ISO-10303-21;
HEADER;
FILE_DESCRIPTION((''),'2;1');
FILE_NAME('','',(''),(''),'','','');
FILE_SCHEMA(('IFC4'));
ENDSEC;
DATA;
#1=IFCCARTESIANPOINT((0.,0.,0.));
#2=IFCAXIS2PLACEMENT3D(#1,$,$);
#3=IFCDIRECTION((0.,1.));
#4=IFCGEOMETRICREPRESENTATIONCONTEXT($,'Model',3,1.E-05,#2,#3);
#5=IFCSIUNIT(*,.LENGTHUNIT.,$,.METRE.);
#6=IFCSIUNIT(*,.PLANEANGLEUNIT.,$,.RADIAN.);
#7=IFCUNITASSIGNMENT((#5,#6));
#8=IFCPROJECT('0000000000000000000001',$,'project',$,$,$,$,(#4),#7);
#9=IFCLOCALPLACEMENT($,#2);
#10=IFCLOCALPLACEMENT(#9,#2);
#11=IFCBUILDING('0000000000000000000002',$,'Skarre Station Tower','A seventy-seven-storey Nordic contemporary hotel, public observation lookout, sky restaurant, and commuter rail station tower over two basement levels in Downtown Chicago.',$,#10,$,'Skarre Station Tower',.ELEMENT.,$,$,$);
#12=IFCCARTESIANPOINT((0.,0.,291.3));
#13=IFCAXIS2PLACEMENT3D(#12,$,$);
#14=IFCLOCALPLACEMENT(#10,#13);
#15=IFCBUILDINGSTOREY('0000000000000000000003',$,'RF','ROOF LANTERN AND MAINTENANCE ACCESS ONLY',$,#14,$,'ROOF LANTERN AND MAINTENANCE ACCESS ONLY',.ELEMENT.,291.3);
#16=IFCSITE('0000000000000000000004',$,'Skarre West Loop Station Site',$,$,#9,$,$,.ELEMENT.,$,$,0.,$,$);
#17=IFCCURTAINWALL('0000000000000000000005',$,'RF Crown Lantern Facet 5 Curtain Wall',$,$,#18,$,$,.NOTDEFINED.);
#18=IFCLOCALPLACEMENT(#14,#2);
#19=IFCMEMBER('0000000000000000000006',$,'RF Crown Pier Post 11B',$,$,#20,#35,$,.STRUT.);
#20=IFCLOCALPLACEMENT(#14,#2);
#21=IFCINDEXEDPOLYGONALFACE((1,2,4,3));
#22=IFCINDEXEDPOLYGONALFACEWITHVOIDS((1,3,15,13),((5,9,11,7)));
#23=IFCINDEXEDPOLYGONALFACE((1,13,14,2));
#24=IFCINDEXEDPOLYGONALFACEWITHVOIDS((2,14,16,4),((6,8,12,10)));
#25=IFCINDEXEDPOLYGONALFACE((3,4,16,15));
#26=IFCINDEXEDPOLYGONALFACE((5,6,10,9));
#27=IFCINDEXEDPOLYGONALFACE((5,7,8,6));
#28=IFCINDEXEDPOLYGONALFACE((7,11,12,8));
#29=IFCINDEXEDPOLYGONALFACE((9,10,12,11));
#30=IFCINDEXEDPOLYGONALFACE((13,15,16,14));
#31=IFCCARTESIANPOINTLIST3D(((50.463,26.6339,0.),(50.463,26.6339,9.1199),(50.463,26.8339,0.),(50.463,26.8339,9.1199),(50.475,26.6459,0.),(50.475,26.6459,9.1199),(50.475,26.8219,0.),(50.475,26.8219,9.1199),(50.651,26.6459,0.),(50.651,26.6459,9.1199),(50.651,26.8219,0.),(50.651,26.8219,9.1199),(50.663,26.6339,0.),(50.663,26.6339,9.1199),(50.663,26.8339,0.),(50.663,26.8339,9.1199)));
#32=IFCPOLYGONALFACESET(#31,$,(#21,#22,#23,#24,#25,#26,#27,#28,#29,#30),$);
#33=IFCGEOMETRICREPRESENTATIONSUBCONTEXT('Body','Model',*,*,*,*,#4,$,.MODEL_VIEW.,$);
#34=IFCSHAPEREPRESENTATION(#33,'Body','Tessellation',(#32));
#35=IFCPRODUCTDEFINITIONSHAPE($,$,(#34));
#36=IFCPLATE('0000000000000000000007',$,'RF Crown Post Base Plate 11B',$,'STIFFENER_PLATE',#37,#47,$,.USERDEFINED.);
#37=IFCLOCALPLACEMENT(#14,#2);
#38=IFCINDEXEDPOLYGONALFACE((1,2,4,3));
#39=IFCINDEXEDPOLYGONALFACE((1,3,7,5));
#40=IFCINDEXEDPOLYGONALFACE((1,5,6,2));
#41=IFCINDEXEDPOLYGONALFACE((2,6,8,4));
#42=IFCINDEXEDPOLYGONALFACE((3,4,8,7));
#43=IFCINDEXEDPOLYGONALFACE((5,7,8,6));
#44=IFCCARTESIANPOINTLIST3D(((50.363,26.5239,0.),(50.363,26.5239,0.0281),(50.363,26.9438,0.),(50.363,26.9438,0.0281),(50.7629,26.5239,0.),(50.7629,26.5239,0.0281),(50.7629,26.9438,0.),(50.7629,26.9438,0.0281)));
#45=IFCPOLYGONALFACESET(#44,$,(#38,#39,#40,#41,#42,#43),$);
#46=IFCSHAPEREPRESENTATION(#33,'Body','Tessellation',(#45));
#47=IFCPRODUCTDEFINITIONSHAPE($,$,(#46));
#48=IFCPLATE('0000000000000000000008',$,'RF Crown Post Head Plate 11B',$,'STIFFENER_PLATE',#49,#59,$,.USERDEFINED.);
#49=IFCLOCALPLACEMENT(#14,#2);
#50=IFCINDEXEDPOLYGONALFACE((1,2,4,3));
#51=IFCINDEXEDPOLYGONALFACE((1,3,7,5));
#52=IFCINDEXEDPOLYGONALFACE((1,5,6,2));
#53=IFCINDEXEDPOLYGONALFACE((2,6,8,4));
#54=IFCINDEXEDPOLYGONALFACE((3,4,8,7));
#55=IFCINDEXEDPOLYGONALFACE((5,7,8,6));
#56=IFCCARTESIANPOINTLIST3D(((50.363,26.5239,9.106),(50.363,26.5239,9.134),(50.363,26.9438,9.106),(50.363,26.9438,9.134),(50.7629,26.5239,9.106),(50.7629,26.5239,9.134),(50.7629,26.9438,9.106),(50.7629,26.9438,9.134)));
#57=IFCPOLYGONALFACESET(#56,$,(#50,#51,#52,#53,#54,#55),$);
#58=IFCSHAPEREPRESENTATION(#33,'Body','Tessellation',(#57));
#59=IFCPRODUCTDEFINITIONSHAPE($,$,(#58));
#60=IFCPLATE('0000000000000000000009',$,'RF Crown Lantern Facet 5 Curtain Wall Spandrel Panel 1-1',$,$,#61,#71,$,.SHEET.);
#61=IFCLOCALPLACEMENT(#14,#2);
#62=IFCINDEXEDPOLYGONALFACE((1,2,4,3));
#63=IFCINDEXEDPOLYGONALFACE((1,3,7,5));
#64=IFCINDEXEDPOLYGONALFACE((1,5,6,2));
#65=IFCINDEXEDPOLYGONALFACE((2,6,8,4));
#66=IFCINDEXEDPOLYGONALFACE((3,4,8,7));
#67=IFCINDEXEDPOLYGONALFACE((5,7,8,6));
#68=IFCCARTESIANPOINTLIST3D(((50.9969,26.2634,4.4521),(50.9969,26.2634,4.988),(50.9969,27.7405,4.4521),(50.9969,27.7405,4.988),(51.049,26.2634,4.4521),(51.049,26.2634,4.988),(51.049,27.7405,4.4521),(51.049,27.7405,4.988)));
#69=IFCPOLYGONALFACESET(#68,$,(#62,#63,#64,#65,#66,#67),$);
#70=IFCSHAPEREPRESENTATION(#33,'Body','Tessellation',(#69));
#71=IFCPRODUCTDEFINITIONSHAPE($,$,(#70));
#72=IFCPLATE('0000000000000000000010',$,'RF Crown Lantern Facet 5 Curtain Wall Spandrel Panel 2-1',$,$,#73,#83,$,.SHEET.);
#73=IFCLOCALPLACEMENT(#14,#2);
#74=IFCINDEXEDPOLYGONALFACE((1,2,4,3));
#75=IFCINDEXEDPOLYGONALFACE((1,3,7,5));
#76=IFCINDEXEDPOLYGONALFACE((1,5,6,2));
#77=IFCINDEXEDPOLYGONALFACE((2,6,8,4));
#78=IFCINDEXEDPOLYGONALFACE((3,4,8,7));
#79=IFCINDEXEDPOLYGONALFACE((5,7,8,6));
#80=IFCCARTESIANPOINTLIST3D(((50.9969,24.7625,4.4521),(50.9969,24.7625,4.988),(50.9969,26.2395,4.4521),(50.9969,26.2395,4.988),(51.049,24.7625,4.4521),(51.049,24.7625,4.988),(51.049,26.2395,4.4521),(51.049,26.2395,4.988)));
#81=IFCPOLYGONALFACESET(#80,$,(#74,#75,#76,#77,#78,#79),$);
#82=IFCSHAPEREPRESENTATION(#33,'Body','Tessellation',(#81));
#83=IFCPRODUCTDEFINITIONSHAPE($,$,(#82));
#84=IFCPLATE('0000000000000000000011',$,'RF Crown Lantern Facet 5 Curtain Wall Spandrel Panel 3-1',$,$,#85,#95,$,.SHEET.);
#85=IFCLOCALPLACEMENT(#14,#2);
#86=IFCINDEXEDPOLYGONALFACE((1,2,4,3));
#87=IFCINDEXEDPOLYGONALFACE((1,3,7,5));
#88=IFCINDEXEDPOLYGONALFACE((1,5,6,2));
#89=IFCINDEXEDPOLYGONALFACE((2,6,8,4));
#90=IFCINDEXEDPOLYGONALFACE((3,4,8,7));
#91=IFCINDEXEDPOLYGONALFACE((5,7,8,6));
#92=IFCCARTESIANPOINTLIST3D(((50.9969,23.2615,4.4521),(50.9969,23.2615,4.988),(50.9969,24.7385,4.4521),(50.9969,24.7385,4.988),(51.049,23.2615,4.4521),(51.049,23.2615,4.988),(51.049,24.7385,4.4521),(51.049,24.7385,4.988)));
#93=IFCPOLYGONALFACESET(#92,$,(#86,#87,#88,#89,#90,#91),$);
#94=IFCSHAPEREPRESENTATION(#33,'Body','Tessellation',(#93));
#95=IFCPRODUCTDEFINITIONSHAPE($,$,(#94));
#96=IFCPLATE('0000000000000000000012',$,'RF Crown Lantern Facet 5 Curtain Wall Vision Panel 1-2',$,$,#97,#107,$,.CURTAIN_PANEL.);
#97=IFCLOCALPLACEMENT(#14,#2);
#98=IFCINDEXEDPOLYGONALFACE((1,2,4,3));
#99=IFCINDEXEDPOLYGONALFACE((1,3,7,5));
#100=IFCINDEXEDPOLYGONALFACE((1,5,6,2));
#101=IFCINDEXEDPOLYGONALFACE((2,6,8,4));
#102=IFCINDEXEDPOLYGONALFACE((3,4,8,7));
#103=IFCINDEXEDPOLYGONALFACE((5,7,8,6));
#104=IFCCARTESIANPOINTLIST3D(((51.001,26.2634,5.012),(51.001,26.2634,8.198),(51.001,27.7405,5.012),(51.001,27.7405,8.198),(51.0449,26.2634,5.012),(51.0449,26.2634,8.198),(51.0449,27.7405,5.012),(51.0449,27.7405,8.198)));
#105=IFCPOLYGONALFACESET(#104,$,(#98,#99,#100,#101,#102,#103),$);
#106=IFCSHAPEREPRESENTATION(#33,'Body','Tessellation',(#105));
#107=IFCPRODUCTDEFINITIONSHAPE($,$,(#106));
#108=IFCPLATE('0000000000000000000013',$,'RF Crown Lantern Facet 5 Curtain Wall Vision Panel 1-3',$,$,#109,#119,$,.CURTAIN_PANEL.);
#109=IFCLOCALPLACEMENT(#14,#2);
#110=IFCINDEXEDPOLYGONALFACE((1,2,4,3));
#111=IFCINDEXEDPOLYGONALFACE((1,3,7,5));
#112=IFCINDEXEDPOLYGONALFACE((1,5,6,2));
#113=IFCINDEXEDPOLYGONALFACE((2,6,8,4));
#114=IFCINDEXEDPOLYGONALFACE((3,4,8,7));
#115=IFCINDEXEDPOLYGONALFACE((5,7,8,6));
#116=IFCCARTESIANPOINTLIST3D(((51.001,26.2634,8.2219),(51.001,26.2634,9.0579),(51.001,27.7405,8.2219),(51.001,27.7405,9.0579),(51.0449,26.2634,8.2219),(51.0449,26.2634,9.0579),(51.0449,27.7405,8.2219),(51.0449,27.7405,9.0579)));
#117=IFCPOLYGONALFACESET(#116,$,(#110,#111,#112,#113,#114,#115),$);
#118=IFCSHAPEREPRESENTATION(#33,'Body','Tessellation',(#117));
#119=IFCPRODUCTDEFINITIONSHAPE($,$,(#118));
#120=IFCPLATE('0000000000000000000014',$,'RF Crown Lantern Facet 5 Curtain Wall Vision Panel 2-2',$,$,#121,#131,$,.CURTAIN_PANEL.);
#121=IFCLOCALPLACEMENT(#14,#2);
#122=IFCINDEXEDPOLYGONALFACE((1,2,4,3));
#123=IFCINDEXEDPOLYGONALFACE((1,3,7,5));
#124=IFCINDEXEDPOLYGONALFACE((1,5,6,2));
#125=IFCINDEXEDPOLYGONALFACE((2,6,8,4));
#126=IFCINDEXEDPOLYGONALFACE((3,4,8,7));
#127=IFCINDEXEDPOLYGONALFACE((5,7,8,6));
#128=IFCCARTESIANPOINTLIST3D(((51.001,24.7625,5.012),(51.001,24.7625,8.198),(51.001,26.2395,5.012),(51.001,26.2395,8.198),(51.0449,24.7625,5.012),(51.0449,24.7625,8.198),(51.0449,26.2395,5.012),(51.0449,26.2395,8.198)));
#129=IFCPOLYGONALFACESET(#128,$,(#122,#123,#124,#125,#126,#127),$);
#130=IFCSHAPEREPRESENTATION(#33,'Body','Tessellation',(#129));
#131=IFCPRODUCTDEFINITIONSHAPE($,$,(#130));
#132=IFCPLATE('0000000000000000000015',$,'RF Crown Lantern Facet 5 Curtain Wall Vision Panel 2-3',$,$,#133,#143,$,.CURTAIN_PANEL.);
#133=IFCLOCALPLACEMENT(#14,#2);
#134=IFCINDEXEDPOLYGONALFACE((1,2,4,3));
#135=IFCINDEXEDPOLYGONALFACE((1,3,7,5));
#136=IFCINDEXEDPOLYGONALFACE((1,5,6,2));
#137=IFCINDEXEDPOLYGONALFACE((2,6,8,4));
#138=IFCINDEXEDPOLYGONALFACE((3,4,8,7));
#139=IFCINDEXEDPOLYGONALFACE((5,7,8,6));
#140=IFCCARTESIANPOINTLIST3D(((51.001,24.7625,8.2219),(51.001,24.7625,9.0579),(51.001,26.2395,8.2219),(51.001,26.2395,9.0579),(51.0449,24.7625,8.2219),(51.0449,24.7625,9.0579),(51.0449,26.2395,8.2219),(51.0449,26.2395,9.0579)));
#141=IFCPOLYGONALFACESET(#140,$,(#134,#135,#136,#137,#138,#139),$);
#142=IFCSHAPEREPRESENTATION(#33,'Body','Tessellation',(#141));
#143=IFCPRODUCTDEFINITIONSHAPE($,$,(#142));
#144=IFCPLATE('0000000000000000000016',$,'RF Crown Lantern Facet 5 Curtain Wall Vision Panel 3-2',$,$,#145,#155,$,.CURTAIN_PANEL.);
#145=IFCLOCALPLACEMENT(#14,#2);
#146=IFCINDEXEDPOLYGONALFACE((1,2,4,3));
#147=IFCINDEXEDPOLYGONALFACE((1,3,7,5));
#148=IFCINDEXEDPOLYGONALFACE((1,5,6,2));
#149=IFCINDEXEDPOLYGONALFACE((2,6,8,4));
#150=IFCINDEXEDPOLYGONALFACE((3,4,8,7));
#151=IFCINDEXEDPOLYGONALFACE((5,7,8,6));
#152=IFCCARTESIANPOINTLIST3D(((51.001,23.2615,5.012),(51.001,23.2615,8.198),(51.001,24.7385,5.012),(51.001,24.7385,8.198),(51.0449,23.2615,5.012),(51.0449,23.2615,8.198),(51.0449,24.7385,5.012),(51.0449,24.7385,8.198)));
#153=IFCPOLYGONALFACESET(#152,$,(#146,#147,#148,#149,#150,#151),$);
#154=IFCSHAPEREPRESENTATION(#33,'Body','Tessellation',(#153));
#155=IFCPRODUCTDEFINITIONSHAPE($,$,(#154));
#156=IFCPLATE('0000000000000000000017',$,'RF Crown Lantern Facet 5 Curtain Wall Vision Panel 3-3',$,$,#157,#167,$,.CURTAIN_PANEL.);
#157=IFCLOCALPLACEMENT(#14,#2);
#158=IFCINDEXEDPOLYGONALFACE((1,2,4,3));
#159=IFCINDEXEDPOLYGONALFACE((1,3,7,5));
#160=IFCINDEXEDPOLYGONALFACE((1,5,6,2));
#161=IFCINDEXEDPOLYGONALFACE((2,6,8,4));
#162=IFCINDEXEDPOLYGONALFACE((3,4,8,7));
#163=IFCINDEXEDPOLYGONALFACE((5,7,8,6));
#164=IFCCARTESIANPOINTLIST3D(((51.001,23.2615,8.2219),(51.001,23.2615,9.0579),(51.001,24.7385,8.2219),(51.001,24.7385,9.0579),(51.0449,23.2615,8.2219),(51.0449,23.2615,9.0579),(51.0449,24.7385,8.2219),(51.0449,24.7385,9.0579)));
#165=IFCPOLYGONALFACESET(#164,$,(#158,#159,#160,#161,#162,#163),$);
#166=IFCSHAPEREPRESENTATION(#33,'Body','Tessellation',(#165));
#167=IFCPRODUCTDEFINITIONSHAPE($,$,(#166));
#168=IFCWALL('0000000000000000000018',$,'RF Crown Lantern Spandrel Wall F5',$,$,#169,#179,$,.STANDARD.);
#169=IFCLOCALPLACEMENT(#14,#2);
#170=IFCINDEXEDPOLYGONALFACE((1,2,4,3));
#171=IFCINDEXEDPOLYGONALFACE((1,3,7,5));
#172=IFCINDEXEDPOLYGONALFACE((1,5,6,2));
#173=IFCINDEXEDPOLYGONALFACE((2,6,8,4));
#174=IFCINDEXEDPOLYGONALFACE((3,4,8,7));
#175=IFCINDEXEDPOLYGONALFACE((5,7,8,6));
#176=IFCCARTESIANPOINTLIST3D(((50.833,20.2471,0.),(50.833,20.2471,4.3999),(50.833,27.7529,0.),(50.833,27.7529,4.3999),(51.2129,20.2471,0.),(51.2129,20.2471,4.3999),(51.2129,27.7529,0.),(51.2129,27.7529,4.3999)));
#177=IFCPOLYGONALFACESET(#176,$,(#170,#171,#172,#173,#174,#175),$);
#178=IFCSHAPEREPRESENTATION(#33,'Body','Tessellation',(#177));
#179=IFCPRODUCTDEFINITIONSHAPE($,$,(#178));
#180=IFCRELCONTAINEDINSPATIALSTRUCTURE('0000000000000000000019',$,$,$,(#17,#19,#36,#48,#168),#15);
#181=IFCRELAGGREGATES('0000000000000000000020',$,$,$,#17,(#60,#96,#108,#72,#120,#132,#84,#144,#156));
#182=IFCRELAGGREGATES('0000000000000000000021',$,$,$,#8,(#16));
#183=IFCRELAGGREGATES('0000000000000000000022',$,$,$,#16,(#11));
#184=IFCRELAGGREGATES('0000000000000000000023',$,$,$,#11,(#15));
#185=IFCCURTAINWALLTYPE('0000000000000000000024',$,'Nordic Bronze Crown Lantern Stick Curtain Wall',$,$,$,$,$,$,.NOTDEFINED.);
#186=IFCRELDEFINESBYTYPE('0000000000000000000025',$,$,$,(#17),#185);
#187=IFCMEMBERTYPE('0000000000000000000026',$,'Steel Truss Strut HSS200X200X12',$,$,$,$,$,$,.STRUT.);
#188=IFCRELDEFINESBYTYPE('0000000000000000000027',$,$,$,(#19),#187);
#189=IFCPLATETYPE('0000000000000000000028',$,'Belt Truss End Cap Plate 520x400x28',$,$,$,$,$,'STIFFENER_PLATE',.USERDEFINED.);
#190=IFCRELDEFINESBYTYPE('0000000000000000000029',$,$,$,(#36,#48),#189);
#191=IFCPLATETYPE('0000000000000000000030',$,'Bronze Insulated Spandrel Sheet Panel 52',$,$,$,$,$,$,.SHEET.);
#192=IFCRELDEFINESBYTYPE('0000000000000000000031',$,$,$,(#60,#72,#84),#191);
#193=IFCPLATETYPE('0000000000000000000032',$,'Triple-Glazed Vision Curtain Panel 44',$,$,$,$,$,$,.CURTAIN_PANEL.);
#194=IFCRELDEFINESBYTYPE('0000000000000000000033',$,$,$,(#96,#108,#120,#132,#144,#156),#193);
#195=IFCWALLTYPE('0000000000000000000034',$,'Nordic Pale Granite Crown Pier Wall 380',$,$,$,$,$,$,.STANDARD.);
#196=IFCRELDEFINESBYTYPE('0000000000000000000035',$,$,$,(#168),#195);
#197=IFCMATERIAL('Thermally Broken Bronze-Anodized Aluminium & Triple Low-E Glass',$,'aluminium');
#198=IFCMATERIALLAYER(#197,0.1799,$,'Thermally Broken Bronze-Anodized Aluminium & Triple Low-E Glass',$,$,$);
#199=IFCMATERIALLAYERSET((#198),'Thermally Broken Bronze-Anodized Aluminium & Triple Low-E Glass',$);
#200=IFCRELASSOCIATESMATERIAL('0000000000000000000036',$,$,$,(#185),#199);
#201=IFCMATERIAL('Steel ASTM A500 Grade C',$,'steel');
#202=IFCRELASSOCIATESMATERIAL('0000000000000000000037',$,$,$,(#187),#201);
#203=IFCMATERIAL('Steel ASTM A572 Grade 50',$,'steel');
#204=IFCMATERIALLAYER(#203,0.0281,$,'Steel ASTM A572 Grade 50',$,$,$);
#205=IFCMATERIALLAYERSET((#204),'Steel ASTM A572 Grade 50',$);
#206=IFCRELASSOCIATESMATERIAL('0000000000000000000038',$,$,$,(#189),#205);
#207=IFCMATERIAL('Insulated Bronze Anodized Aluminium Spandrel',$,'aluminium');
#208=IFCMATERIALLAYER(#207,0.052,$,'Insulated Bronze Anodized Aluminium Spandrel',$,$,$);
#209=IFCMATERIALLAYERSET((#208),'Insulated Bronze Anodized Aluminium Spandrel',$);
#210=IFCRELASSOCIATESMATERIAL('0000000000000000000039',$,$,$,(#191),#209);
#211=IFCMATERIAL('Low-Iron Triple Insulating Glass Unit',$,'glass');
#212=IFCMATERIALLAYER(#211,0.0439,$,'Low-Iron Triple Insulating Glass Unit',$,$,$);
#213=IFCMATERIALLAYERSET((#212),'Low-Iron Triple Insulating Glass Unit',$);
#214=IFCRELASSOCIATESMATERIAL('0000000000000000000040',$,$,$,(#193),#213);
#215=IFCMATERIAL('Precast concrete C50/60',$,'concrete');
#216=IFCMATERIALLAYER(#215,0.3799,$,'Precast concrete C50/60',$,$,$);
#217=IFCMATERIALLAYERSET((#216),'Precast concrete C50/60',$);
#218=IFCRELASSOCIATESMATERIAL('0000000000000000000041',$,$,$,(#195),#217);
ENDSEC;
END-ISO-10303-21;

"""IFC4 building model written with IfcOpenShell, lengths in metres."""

from ifc_helpers import new_model, si_unit, direction, frame, frame_2d, origin, origin_2d, place, context, subcontext, project, spatial, rectangle, hollow_rectangle, extrude, material, layer, layer_set, material_profile, profile_set, type_object, element, aggregate, save


model = new_model("IFC4")

# Units and contexts
model_context = context("Model", 3, precision=1e-05, world=origin(), true_north=direction((0.0, 1.0)))
body_context = subcontext(model_context, "Body", "Model", "MODEL_VIEW")
ifc_project = project(units=[si_unit("LENGTHUNIT", "METRE"), si_unit("PLANEANGLEUNIT", "RADIAN")], contexts=[model_context])

# Site, building, storey
site_placement = place(None, origin())
site = spatial("IfcSite", under=ifc_project, at=site_placement, Name="Skarre West Loop Station Site", CompositionType="ELEMENT", RefElevation=0.0)
building_placement = place(site_placement, origin())
building = spatial("IfcBuilding", under=site, at=building_placement, Name="Skarre Station Tower", Description="A seventy-seven-storey Nordic contemporary hotel, public observation lookout, sky restaurant, and commuter rail station tower over two basement levels in Downtown Chicago.", LongName="Skarre Station Tower", CompositionType="ELEMENT")
storey_placement = place(building_placement, frame((0.0, 0.0, 291.3)))
storey = spatial("IfcBuildingStorey", under=building, at=storey_placement, Name="RF", Description="ROOF LANTERN AND MAINTENANCE ACCESS ONLY", LongName="ROOF LANTERN AND MAINTENANCE ACCESS ONLY", CompositionType="ELEMENT", Elevation=291.3)

# Curtain wall
ifc_material_1 = material(Name="Thermally Broken Bronze-Anodized Aluminium & Triple Low-E Glass", Category="aluminium")
ifc_layer_1 = layer(ifc_material_1, 0.1799, Name="Thermally Broken Bronze-Anodized Aluminium & Triple Low-E Glass")
ifc_layer_set_1 = layer_set([ifc_layer_1], Name="Thermally Broken Bronze-Anodized Aluminium & Triple Low-E Glass")
curtain_wall_type = type_object("IfcCurtainWallType", Name="Nordic Bronze Crown Lantern Stick Curtain Wall", PredefinedType="NOTDEFINED", material=ifc_layer_set_1)
curtain_wall_placement = place(storey_placement, origin())
curtain_wall = element("IfcCurtainWall", 1, at=curtain_wall_placement, inside=storey, type_object=curtain_wall_type, Name="RF Crown Lantern Facet 5 Curtain Wall", PredefinedType="NOTDEFINED")

# Member
ifc_material_2 = material(Name="Steel ASTM A500 Grade C", Category="steel")
ifc_material_profile_1 = material_profile(ifc_material_2, hollow_rectangle(XDim=0.2, YDim=0.2, WallThickness=0.012, at=origin_2d()), Name="Steel ASTM A500 Grade C")
ifc_profile_set_1 = profile_set([ifc_material_profile_1], Name="Steel ASTM A500 Grade C")
member_type_1 = type_object("IfcMemberType", Name="Steel Truss Strut HSS200X200X12", PredefinedType="STRUT", material=ifc_profile_set_1)
member_1_placement = place(storey_placement, frame((50.563, 26.7339, 0.0), z_axis=(0.0, 0.0, 1.0), x_axis=(1.0, 0.0, 0.0)))
element("IfcMember", 2, at=member_1_placement, inside=storey, type_object=member_type_1, Name="RF Crown Pier Post 11B", PredefinedType="STRUT", context=body_context, shape_type="SweptSolid", body=[
    extrude(hollow_rectangle(XDim=0.2, YDim=0.2, WallThickness=0.012, at=origin_2d()), origin(), (0.0, 0.0, 1.0), 9.1199),
])

# Plates
ifc_material_3 = material(Name="Steel ASTM A572 Grade 50", Category="steel")
ifc_layer_2 = layer(ifc_material_3, 0.0281, Name="Steel ASTM A572 Grade 50")
ifc_layer_set_2 = layer_set([ifc_layer_2], Name="Steel ASTM A572 Grade 50")
plate_type_1 = type_object("IfcPlateType", Name="Belt Truss End Cap Plate 520x400x28", ElementType="STIFFENER_PLATE", PredefinedType="USERDEFINED", material=ifc_layer_set_2)
for number, where, z_axis, x_axis, name in (
    (3, (50.563, 26.7339, 0.0), (0.0, 0.0, 1.0), (0.0, 1.0, 0.0), "RF Crown Post Base Plate 11B"),
    (4, (50.563, 26.7339, 9.106), (0.0, 0.0, 1.0), (0.0, 1.0, 0.0), "RF Crown Post Head Plate 11B"),
):
    element("IfcPlate", number, at=place(storey_placement, frame(where, z_axis=z_axis, x_axis=x_axis)), inside=storey, type_object=plate_type_1, Name=name, ObjectType="STIFFENER_PLATE", PredefinedType="USERDEFINED", context=body_context, shape_type="SweptSolid", body=[
        extrude(rectangle(XDim=0.4199, YDim=0.3999, at=origin_2d()), origin(), (0.0, 0.0, 1.0), 0.0281),
    ])

# Plates
ifc_material_4 = material(Name="Insulated Bronze Anodized Aluminium Spandrel", Category="aluminium")
ifc_layer_3 = layer(ifc_material_4, 0.052, Name="Insulated Bronze Anodized Aluminium Spandrel")
ifc_layer_set_3 = layer_set([ifc_layer_3], Name="Insulated Bronze Anodized Aluminium Spandrel")
plate_type_2 = type_object("IfcPlateType", Name="Bronze Insulated Spandrel Sheet Panel 52", PredefinedType="SHEET", material=ifc_layer_set_3)
plate_1_placement = place(storey_placement, frame((51.0229, 27.002, 4.4521), z_axis=(0.0, 0.0, 1.0), x_axis=(0.0, -1.0, 0.0)))
plate_1 = element("IfcPlate", 5, at=plate_1_placement, type_object=plate_type_2, Name="RF Crown Lantern Facet 5 Curtain Wall Spandrel Panel 1-1", PredefinedType="SHEET", context=body_context, shape_type="SweptSolid", body=[
    extrude(rectangle(XDim=1.4771, YDim=0.052, at=origin_2d()), origin(), (0.0, 0.0, 1.0), 0.5359),
])
plate_2_placement = place(storey_placement, frame((51.0229, 25.501, 4.4521), z_axis=(0.0, 0.0, 1.0), x_axis=(0.0, -1.0, 0.0)))
plate_2 = element("IfcPlate", 6, at=plate_2_placement, type_object=plate_type_2, Name="RF Crown Lantern Facet 5 Curtain Wall Spandrel Panel 2-1", PredefinedType="SHEET", context=body_context, shape_type="SweptSolid", body=[
    extrude(rectangle(XDim=1.4771, YDim=0.052, at=origin_2d()), origin(), (0.0, 0.0, 1.0), 0.5359),
])
plate_3_placement = place(storey_placement, frame((51.0229, 24.0, 4.4521), z_axis=(0.0, 0.0, 1.0), x_axis=(0.0, -1.0, 0.0)))
plate_3 = element("IfcPlate", 7, at=plate_3_placement, type_object=plate_type_2, Name="RF Crown Lantern Facet 5 Curtain Wall Spandrel Panel 3-1", PredefinedType="SHEET", context=body_context, shape_type="SweptSolid", body=[
    extrude(rectangle(XDim=1.4771, YDim=0.052, at=origin_2d()), origin(), (0.0, 0.0, 1.0), 0.5359),
])
ifc_material_5 = material(Name="Low-Iron Triple Insulating Glass Unit", Category="glass")
ifc_layer_4 = layer(ifc_material_5, 0.0439, Name="Low-Iron Triple Insulating Glass Unit")
ifc_layer_set_4 = layer_set([ifc_layer_4], Name="Low-Iron Triple Insulating Glass Unit")
plate_type_3 = type_object("IfcPlateType", Name="Triple-Glazed Vision Curtain Panel 44", PredefinedType="CURTAIN_PANEL", material=ifc_layer_set_4)
plate_4_placement = place(storey_placement, frame((51.0229, 27.002, 5.012), z_axis=(0.0, 0.0, 1.0), x_axis=(0.0, -1.0, 0.0)))
plate_4 = element("IfcPlate", 8, at=plate_4_placement, type_object=plate_type_3, Name="RF Crown Lantern Facet 5 Curtain Wall Vision Panel 1-2", PredefinedType="CURTAIN_PANEL", context=body_context, shape_type="SweptSolid", body=[
    extrude(rectangle(XDim=1.4771, YDim=0.0439, at=origin_2d()), origin(), (0.0, 0.0, 1.0), 3.186),
])
plate_5_placement = place(storey_placement, frame((51.0229, 27.002, 8.2219), z_axis=(0.0, 0.0, 1.0), x_axis=(0.0, -1.0, 0.0)))
plate_5 = element("IfcPlate", 9, at=plate_5_placement, type_object=plate_type_3, Name="RF Crown Lantern Facet 5 Curtain Wall Vision Panel 1-3", PredefinedType="CURTAIN_PANEL", context=body_context, shape_type="SweptSolid", body=[
    extrude(rectangle(XDim=1.4771, YDim=0.0439, at=origin_2d()), origin(), (0.0, 0.0, 1.0), 0.8359),
])
plate_6_placement = place(storey_placement, frame((51.0229, 25.501, 5.012), z_axis=(0.0, 0.0, 1.0), x_axis=(0.0, -1.0, 0.0)))
plate_6 = element("IfcPlate", 10, at=plate_6_placement, type_object=plate_type_3, Name="RF Crown Lantern Facet 5 Curtain Wall Vision Panel 2-2", PredefinedType="CURTAIN_PANEL", context=body_context, shape_type="SweptSolid", body=[
    extrude(rectangle(XDim=1.4771, YDim=0.0439, at=origin_2d()), origin(), (0.0, 0.0, 1.0), 3.186),
])
plate_7_placement = place(storey_placement, frame((51.0229, 25.501, 8.2219), z_axis=(0.0, 0.0, 1.0), x_axis=(0.0, -1.0, 0.0)))
plate_7 = element("IfcPlate", 11, at=plate_7_placement, type_object=plate_type_3, Name="RF Crown Lantern Facet 5 Curtain Wall Vision Panel 2-3", PredefinedType="CURTAIN_PANEL", context=body_context, shape_type="SweptSolid", body=[
    extrude(rectangle(XDim=1.4771, YDim=0.0439, at=origin_2d()), origin(), (0.0, 0.0, 1.0), 0.8359),
])
plate_8_placement = place(storey_placement, frame((51.0229, 24.0, 5.012), z_axis=(0.0, 0.0, 1.0), x_axis=(0.0, -1.0, 0.0)))
plate_8 = element("IfcPlate", 12, at=plate_8_placement, type_object=plate_type_3, Name="RF Crown Lantern Facet 5 Curtain Wall Vision Panel 3-2", PredefinedType="CURTAIN_PANEL", context=body_context, shape_type="SweptSolid", body=[
    extrude(rectangle(XDim=1.4771, YDim=0.0439, at=origin_2d()), origin(), (0.0, 0.0, 1.0), 3.186),
])
plate_9_placement = place(storey_placement, frame((51.0229, 24.0, 8.2219), z_axis=(0.0, 0.0, 1.0), x_axis=(0.0, -1.0, 0.0)))
plate_9 = element("IfcPlate", 13, at=plate_9_placement, type_object=plate_type_3, Name="RF Crown Lantern Facet 5 Curtain Wall Vision Panel 3-3", PredefinedType="CURTAIN_PANEL", context=body_context, shape_type="SweptSolid", body=[
    extrude(rectangle(XDim=1.4771, YDim=0.0439, at=origin_2d()), origin(), (0.0, 0.0, 1.0), 0.8359),
])
aggregate(curtain_wall, [plate_1, plate_4, plate_5, plate_2, plate_6, plate_7, plate_3, plate_8, plate_9])

# Wall
ifc_material_6 = material(Name="Precast concrete C50/60", Category="concrete")
ifc_layer_5 = layer(ifc_material_6, 0.3799, Name="Precast concrete C50/60")
ifc_layer_set_5 = layer_set([ifc_layer_5], Name="Precast concrete C50/60")
wall_type = type_object("IfcWallType", Name="Nordic Pale Granite Crown Pier Wall 380", PredefinedType="STANDARD", material=ifc_layer_set_5)
wall_placement = place(storey_placement, frame((51.0229, 27.7529, 0.0), z_axis=(0.0, 0.0, 1.0), x_axis=(0.0, -1.0, 0.0)))
element("IfcWall", 14, at=wall_placement, inside=storey, type_object=wall_type, Name="RF Crown Lantern Spandrel Wall F5", PredefinedType="STANDARD", context=body_context, shape_type="SweptSolid", body=[
    extrude(rectangle(XDim=7.5059, YDim=0.3799, at=frame_2d((3.7529, 0.0))), origin(), (0.0, 0.0, 1.0), 4.3999),
])

save(model, "model.ifc")
